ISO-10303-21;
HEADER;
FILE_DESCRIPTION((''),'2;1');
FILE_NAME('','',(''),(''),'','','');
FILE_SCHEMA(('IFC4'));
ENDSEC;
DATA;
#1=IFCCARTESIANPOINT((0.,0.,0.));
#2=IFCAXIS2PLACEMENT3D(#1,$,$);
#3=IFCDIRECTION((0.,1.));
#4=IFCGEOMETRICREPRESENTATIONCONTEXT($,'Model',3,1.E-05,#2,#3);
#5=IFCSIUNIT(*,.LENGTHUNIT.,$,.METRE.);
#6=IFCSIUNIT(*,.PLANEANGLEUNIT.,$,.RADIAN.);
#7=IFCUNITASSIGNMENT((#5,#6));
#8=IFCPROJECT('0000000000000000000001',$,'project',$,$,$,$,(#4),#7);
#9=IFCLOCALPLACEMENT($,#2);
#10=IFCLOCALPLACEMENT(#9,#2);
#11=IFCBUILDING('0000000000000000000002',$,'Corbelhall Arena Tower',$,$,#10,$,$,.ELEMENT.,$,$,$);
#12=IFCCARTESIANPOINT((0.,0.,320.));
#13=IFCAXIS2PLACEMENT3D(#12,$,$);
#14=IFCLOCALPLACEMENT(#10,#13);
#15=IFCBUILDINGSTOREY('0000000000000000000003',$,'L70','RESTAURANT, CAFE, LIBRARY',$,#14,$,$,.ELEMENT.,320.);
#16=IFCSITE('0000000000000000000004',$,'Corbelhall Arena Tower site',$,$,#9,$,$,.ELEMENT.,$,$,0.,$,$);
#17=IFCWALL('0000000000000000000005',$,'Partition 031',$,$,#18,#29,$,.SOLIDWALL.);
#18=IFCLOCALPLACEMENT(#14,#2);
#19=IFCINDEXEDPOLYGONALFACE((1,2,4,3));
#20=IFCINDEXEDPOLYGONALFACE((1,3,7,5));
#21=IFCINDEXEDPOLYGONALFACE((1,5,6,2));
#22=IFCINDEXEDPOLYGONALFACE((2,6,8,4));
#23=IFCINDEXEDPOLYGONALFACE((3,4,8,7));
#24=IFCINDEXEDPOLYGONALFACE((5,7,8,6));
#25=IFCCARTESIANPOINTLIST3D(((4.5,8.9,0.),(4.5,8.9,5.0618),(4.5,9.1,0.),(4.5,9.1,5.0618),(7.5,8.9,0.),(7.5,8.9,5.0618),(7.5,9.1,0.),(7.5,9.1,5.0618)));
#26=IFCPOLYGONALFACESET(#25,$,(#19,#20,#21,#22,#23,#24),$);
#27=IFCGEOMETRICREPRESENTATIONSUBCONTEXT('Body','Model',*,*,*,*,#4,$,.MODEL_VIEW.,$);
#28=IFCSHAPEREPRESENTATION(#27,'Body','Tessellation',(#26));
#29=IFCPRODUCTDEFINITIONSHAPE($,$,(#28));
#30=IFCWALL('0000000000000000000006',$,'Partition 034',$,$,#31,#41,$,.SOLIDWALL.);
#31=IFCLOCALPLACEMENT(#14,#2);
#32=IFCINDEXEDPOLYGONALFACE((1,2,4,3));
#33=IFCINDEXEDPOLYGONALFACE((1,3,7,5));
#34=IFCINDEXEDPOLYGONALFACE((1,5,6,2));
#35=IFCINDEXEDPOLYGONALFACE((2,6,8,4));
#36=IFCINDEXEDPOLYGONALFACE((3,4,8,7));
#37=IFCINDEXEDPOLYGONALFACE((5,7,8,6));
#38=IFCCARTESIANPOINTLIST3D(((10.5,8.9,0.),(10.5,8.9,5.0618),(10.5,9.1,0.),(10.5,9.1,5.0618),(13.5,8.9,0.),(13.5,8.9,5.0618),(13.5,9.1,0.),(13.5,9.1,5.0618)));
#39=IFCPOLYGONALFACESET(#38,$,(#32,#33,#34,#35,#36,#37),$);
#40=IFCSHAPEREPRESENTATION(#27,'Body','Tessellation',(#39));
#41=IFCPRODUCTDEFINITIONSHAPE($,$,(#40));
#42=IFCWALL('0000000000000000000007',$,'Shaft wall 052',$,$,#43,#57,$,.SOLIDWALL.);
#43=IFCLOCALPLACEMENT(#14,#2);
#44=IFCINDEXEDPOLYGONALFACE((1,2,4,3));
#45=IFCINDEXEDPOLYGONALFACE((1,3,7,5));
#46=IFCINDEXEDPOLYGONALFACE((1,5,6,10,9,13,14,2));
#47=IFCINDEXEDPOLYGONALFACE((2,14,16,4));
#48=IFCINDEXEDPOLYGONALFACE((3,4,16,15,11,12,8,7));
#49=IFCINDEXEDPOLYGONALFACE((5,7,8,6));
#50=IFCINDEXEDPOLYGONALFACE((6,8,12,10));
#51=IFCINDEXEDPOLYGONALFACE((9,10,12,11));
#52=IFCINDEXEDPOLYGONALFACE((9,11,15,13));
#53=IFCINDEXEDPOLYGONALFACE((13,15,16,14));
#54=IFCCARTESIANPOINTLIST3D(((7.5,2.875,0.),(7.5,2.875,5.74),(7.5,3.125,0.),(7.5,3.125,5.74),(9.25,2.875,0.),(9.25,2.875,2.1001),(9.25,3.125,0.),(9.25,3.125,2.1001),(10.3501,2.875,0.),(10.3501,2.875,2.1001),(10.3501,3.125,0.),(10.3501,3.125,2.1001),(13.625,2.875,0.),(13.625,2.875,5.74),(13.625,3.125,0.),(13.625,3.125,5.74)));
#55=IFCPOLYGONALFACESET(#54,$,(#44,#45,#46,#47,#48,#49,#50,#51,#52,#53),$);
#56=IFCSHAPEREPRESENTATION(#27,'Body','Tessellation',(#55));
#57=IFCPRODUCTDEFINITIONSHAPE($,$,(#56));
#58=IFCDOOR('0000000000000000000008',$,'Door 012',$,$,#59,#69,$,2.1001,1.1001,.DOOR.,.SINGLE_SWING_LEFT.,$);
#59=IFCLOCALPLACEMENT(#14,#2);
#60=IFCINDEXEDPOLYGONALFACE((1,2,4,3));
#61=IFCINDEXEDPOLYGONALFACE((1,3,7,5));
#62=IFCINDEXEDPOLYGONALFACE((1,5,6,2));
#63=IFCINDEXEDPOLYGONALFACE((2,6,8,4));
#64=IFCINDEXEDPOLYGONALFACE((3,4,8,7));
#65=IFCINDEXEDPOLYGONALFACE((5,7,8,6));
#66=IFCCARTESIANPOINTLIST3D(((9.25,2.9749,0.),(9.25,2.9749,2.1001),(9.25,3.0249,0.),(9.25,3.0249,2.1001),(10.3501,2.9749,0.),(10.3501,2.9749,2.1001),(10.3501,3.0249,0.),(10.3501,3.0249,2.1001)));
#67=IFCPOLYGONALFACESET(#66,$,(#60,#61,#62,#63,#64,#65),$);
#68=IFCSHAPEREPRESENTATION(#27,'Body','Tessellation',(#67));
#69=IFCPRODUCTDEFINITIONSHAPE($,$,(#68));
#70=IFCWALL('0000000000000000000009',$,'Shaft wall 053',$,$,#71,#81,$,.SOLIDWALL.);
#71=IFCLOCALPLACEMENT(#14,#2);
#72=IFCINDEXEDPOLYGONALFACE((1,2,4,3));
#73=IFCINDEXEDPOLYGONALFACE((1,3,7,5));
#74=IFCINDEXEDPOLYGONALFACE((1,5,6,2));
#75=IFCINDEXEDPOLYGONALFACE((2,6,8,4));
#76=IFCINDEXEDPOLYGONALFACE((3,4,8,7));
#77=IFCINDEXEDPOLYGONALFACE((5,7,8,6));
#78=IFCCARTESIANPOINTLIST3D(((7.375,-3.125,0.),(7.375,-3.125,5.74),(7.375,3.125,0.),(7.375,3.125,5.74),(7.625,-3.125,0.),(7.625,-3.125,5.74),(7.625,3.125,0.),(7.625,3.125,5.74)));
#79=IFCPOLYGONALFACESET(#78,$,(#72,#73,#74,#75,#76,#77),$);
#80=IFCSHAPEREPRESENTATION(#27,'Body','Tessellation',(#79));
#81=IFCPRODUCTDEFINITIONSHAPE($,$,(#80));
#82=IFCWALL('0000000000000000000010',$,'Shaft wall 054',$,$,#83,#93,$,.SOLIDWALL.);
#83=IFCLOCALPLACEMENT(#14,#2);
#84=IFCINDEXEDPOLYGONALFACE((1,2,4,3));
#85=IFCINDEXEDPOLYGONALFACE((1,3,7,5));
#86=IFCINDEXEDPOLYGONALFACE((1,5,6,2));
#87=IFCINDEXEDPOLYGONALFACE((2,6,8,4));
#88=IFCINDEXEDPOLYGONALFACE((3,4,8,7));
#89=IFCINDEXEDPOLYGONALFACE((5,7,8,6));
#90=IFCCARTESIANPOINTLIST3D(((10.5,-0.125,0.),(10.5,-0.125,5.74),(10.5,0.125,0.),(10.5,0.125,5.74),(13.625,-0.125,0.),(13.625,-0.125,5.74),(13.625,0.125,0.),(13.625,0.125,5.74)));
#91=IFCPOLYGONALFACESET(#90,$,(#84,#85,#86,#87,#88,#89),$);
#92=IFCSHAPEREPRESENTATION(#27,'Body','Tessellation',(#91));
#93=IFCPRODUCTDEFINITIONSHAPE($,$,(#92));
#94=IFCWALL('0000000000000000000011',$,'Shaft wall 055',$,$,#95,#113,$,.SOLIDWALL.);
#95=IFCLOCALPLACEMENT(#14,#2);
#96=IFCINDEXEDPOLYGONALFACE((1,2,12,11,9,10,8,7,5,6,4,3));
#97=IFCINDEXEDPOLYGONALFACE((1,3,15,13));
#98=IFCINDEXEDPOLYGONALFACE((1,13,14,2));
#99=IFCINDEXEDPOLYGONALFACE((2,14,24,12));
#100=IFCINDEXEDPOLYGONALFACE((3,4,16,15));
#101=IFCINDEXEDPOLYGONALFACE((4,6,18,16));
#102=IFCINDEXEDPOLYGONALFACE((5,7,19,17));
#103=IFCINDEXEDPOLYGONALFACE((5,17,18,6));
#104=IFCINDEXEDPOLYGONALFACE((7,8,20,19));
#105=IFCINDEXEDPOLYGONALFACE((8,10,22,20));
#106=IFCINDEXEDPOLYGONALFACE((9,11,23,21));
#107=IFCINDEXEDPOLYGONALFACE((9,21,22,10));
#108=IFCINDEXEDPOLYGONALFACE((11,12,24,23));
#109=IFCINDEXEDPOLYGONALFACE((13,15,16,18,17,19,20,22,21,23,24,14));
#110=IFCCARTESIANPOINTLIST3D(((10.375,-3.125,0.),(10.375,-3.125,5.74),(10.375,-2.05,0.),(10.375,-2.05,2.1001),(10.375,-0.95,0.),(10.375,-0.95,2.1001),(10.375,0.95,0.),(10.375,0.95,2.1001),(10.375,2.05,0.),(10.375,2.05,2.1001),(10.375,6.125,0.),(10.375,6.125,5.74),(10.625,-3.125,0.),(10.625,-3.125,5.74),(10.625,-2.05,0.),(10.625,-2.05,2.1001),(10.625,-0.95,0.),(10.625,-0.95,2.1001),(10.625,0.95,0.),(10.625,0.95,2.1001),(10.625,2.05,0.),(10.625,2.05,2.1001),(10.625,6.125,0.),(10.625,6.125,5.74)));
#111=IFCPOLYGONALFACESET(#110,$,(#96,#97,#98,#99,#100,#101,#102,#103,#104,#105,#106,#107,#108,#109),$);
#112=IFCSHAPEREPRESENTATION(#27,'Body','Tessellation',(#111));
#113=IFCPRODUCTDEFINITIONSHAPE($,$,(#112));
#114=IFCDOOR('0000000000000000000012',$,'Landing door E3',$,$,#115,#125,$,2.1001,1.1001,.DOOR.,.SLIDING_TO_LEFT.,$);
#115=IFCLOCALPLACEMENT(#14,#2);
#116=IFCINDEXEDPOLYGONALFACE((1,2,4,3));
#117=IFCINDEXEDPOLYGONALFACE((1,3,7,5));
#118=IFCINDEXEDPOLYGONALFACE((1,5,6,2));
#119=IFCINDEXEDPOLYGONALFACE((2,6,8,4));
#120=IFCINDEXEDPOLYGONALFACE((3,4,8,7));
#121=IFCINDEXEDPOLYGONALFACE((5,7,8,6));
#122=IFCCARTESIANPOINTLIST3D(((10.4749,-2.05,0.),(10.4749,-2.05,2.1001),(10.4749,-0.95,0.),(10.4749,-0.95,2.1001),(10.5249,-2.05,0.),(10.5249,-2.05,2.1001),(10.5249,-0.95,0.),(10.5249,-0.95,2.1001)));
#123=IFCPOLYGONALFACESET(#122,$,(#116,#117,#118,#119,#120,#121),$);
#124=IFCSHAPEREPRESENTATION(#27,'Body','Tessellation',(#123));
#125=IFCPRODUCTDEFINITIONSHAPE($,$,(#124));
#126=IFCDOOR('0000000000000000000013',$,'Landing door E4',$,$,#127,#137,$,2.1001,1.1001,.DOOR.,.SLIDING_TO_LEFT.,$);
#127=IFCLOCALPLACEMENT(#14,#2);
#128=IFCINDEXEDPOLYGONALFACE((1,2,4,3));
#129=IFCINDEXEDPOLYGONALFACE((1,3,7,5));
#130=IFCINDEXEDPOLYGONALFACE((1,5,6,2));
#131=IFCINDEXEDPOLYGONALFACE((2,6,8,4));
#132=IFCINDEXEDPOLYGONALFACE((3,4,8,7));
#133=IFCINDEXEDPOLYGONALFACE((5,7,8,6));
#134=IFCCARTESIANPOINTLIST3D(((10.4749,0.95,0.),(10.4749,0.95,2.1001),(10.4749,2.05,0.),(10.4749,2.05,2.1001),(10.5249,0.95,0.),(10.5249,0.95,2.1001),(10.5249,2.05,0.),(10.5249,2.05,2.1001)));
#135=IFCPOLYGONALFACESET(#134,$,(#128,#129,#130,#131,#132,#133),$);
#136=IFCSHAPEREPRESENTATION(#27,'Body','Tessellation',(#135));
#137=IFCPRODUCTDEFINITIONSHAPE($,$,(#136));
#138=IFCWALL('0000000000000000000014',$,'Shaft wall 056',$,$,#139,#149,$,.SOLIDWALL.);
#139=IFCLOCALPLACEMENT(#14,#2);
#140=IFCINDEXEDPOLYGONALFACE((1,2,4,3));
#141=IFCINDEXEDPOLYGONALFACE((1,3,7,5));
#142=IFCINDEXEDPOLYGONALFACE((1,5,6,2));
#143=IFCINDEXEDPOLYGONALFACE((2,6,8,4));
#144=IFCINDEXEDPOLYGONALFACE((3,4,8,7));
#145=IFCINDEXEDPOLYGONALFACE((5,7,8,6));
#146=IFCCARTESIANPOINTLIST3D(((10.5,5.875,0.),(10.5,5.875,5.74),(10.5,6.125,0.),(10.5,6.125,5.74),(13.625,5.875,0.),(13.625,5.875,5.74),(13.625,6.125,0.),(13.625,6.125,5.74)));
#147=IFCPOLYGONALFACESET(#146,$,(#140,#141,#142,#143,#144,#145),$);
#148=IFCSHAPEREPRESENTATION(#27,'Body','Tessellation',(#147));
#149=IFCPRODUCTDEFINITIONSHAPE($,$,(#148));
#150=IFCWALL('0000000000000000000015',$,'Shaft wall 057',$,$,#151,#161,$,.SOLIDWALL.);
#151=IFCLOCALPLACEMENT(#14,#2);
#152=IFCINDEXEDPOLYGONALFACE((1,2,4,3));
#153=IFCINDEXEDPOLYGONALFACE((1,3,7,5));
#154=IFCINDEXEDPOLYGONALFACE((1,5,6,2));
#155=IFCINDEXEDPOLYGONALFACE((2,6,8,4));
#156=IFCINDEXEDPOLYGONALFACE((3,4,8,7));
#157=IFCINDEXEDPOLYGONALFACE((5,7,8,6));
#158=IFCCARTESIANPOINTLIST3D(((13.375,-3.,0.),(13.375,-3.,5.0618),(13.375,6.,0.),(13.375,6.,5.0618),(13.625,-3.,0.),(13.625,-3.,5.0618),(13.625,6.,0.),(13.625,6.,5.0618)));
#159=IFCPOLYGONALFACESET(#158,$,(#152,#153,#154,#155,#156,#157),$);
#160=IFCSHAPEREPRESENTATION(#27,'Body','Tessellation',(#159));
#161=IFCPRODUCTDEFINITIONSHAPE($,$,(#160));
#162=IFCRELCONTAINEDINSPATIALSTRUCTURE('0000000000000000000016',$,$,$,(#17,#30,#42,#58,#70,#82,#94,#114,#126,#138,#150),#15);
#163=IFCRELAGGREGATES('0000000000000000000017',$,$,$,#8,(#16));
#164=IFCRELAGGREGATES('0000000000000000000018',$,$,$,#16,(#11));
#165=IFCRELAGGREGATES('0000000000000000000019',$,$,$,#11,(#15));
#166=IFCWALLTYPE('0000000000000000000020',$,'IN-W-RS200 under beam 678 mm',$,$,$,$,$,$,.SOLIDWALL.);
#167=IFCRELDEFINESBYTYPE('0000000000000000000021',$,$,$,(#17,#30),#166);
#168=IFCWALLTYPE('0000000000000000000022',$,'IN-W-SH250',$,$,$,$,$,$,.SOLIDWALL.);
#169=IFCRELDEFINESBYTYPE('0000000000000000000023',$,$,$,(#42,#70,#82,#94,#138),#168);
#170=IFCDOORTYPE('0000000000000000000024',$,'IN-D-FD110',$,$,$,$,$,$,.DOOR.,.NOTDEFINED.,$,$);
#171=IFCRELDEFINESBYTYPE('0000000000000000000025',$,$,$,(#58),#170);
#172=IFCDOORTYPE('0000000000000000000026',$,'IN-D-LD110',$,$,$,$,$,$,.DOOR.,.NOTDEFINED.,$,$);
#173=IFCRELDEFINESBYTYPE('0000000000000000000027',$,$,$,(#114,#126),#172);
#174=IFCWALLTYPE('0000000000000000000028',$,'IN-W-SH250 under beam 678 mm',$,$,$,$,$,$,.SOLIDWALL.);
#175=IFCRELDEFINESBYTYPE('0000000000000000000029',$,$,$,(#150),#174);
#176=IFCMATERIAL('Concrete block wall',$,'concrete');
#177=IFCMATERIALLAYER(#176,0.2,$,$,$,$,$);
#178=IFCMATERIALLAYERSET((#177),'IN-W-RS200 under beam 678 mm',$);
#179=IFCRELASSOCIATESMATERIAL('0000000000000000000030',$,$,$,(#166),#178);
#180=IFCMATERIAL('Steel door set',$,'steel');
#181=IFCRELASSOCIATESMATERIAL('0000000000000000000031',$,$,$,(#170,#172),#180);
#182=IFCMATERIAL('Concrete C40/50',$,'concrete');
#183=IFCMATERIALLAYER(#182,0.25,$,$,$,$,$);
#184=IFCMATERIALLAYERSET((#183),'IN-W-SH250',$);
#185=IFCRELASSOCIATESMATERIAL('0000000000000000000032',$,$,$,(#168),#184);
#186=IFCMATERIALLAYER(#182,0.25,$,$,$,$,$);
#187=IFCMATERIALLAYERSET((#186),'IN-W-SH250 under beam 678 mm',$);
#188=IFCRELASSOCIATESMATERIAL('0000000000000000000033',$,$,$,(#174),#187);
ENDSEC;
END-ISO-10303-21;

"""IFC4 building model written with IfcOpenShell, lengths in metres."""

from ifc_helpers import new_model, si_unit, direction, frame, frame_2d, origin, place, context, subcontext, project, spatial, rectangle, extrude, material, layer, layer_set, type_object, element, fill, save


model = new_model("IFC4")

# Units and contexts
model_context = context("Model", 3, precision=1e-05, world=origin(), true_north=direction((0.0, 1.0)))
body_context = subcontext(model_context, "Body", "Model", "MODEL_VIEW")
ifc_project = project(units=[si_unit("LENGTHUNIT", "METRE"), si_unit("PLANEANGLEUNIT", "RADIAN")], contexts=[model_context])

# Site, building, storey
site_placement = place(None, origin())
site = spatial("IfcSite", under=ifc_project, at=site_placement, Name="Corbelhall Arena Tower site", CompositionType="ELEMENT", RefElevation=0.0)
building_placement = place(site_placement, origin())
building = spatial("IfcBuilding", under=site, at=building_placement, Name="Corbelhall Arena Tower", CompositionType="ELEMENT")
storey_placement = place(building_placement, frame((0.0, 0.0, 320.0)))
storey = spatial("IfcBuildingStorey", under=building, at=storey_placement, Name="L70", Description="RESTAURANT, CAFE, LIBRARY", CompositionType="ELEMENT", Elevation=320.0)

# Shared definitions
ifc_material_1 = material(Name="Concrete C40/50", Category="concrete")

# Walls
ifc_material_2 = material(Name="Concrete block wall", Category="concrete")
ifc_layer_1 = layer(ifc_material_2, 0.2)
ifc_layer_set_1 = layer_set([ifc_layer_1], Name="IN-W-RS200 under beam 678 mm")
wall_type_1 = type_object("IfcWallType", Name="IN-W-RS200 under beam 678 mm", PredefinedType="SOLIDWALL", material=ifc_layer_set_1)
for number, where, z_axis, x_axis, name in (
    (1, (4.5, 9.0, 0.0), (0.0, 0.0, 1.0), (1.0, 0.0, 0.0), "Partition 031"),
    (2, (10.5, 9.0, 0.0), (0.0, 0.0, 1.0), (1.0, 0.0, 0.0), "Partition 034"),
):
    element("IfcWall", number, at=place(storey_placement, frame(where, z_axis=z_axis, x_axis=x_axis)), inside=storey, type_object=wall_type_1, Name=name, PredefinedType="SOLIDWALL", context=body_context, shape_type="SweptSolid", body=[
        extrude(rectangle(XDim=3.0, YDim=0.2, at=frame_2d((1.5, 0.0))), origin(), (0.0, 0.0, 1.0), 5.0618),
    ])

# Wall, opening, door
ifc_material_3 = material(Name="Steel door set", Category="steel")
door_type_1 = type_object("IfcDoorType", Name="IN-D-FD110", OperationType="NOTDEFINED", PredefinedType="DOOR", material=ifc_material_3)
ifc_layer_2 = layer(ifc_material_1, 0.25)
ifc_layer_set_2 = layer_set([ifc_layer_2], Name="IN-W-SH250")
wall_type_2 = type_object("IfcWallType", Name="IN-W-SH250", PredefinedType="SOLIDWALL", material=ifc_layer_set_2)
wall_1_placement = place(storey_placement, frame((7.5, 3.0, 0.0), z_axis=(0.0, 0.0, 1.0), x_axis=(1.0, 0.0, 0.0)))
wall_1 = element("IfcWall", 3, at=wall_1_placement, inside=storey, type_object=wall_type_2, Name="Shaft wall 052", PredefinedType="SOLIDWALL", context=body_context, shape_type="SweptSolid", body=[
    extrude(rectangle(XDim=6.125, YDim=0.25, at=frame_2d((3.0625, 0.0))), origin(), (0.0, 0.0, 1.0), 5.74),
])
opening_1_placement = place(wall_1_placement, frame((1.75, 0.0, 0.0)))
opening_1 = element("IfcOpeningElement", 4, at=opening_1_placement, cuts=wall_1, PredefinedType="OPENING", context=body_context, shape_type="SweptSolid", body=[
    extrude(rectangle(XDim=1.1001, YDim=2.1001, at=frame_2d((0.55, 1.05))), frame((0.0, 0.125, 0.0), z_axis=(0.0, -1.0, 0.0), x_axis=(1.0, 0.0, 0.0)), (0.0, 0.0, 1.0), 0.25),
])
door_1_placement = place(opening_1_placement, origin())
door_1 = element("IfcDoor", 5, at=door_1_placement, inside=storey, type_object=door_type_1, Name="Door 012", OperationType="SINGLE_SWING_LEFT", OverallHeight=2.1001, OverallWidth=1.1001, PredefinedType="DOOR", context=body_context, shape_type="SweptSolid", body=[
    extrude(rectangle(XDim=1.1001, YDim=2.1001, at=frame_2d((0.55, 1.05))), frame((0.0, 0.0249, 0.0), z_axis=(0.0, -1.0, 0.0), x_axis=(1.0, 0.0, 0.0)), (0.0, 0.0, 1.0), 0.05),
])
fill(opening_1, door_1)

# Walls
wall_2_placement = place(storey_placement, frame((7.5, 3.125, 0.0), z_axis=(0.0, 0.0, 1.0), x_axis=(0.0, -1.0, 0.0)))
element("IfcWall", 6, at=wall_2_placement, inside=storey, type_object=wall_type_2, Name="Shaft wall 053", PredefinedType="SOLIDWALL", context=body_context, shape_type="SweptSolid", body=[
    extrude(rectangle(XDim=6.25, YDim=0.25, at=frame_2d((3.125, 0.0))), origin(), (0.0, 0.0, 1.0), 5.74),
])
wall_3_placement = place(storey_placement, frame((10.5, 0.0, 0.0), z_axis=(0.0, 0.0, 1.0), x_axis=(1.0, 0.0, 0.0)))
element("IfcWall", 7, at=wall_3_placement, inside=storey, type_object=wall_type_2, Name="Shaft wall 054", PredefinedType="SOLIDWALL", context=body_context, shape_type="SweptSolid", body=[
    extrude(rectangle(XDim=3.125, YDim=0.25, at=frame_2d((1.5625, 0.0))), origin(), (0.0, 0.0, 1.0), 5.74),
])

# Wall, openings, doors
wall_4_placement = place(storey_placement, frame((10.5, 6.125, 0.0), z_axis=(0.0, 0.0, 1.0), x_axis=(0.0, -1.0, 0.0)))
wall_4 = element("IfcWall", 8, at=wall_4_placement, inside=storey, type_object=wall_type_2, Name="Shaft wall 055", PredefinedType="SOLIDWALL", context=body_context, shape_type="SweptSolid", body=[
    extrude(rectangle(XDim=9.25, YDim=0.25, at=frame_2d((4.625, 0.0))), origin(), (0.0, 0.0, 1.0), 5.74),
])
opening_2_placement = place(wall_4_placement, frame((7.075, 0.0, 0.0)))
opening_2 = element("IfcOpeningElement", 9, at=opening_2_placement, cuts=wall_4, PredefinedType="OPENING", context=body_context, shape_type="SweptSolid", body=[
    extrude(rectangle(XDim=1.1001, YDim=2.1001, at=frame_2d((0.55, 1.05))), frame((0.0, 0.125, 0.0), z_axis=(0.0, -1.0, 0.0), x_axis=(1.0, 0.0, 0.0)), (0.0, 0.0, 1.0), 0.25),
])
opening_3_placement = place(wall_4_placement, frame((4.075, 0.0, 0.0)))
opening_3 = element("IfcOpeningElement", 10, at=opening_3_placement, cuts=wall_4, PredefinedType="OPENING", context=body_context, shape_type="SweptSolid", body=[
    extrude(rectangle(XDim=1.1001, YDim=2.1001, at=frame_2d((0.55, 1.05))), frame((0.0, 0.125, 0.0), z_axis=(0.0, -1.0, 0.0), x_axis=(1.0, 0.0, 0.0)), (0.0, 0.0, 1.0), 0.25),
])
door_type_2 = type_object("IfcDoorType", Name="IN-D-LD110", OperationType="NOTDEFINED", PredefinedType="DOOR", material=ifc_material_3)
door_2_placement = place(opening_2_placement, origin())
door_2 = element("IfcDoor", 11, at=door_2_placement, inside=storey, type_object=door_type_2, Name="Landing door E3", OperationType="SLIDING_TO_LEFT", OverallHeight=2.1001, OverallWidth=1.1001, PredefinedType="DOOR", context=body_context, shape_type="SweptSolid", body=[
    extrude(rectangle(XDim=1.1001, YDim=2.1001, at=frame_2d((0.55, 1.05))), frame((0.0, 0.0249, 0.0), z_axis=(0.0, -1.0, 0.0), x_axis=(1.0, 0.0, 0.0)), (0.0, 0.0, 1.0), 0.05),
])
fill(opening_2, door_2)
door_3_placement = place(opening_3_placement, origin())
door_3 = element("IfcDoor", 12, at=door_3_placement, inside=storey, type_object=door_type_2, Name="Landing door E4", OperationType="SLIDING_TO_LEFT", OverallHeight=2.1001, OverallWidth=1.1001, PredefinedType="DOOR", context=body_context, shape_type="SweptSolid", body=[
    extrude(rectangle(XDim=1.1001, YDim=2.1001, at=frame_2d((0.55, 1.05))), frame((0.0, 0.0249, 0.0), z_axis=(0.0, -1.0, 0.0), x_axis=(1.0, 0.0, 0.0)), (0.0, 0.0, 1.0), 0.05),
])
fill(opening_3, door_3)

# Walls
wall_5_placement = place(storey_placement, frame((10.5, 6.0, 0.0), z_axis=(0.0, 0.0, 1.0), x_axis=(1.0, 0.0, 0.0)))
element("IfcWall", 13, at=wall_5_placement, inside=storey, type_object=wall_type_2, Name="Shaft wall 056", PredefinedType="SOLIDWALL", context=body_context, shape_type="SweptSolid", body=[
    extrude(rectangle(XDim=3.125, YDim=0.25, at=frame_2d((1.5625, 0.0))), origin(), (0.0, 0.0, 1.0), 5.74),
])
ifc_layer_3 = layer(ifc_material_1, 0.25)
ifc_layer_set_3 = layer_set([ifc_layer_3], Name="IN-W-SH250 under beam 678 mm")
wall_type_3 = type_object("IfcWallType", Name="IN-W-SH250 under beam 678 mm", PredefinedType="SOLIDWALL", material=ifc_layer_set_3)
wall_6_placement = place(storey_placement, frame((13.5, 6.0, 0.0), z_axis=(0.0, 0.0, 1.0), x_axis=(0.0, -1.0, 0.0)))
element("IfcWall", 14, at=wall_6_placement, inside=storey, type_object=wall_type_3, Name="Shaft wall 057", PredefinedType="SOLIDWALL", context=body_context, shape_type="SweptSolid", body=[
    extrude(rectangle(XDim=9.0, YDim=0.25, at=frame_2d((4.5, 0.0))), origin(), (0.0, 0.0, 1.0), 5.0618),
])

save(model, "model.ifc")
